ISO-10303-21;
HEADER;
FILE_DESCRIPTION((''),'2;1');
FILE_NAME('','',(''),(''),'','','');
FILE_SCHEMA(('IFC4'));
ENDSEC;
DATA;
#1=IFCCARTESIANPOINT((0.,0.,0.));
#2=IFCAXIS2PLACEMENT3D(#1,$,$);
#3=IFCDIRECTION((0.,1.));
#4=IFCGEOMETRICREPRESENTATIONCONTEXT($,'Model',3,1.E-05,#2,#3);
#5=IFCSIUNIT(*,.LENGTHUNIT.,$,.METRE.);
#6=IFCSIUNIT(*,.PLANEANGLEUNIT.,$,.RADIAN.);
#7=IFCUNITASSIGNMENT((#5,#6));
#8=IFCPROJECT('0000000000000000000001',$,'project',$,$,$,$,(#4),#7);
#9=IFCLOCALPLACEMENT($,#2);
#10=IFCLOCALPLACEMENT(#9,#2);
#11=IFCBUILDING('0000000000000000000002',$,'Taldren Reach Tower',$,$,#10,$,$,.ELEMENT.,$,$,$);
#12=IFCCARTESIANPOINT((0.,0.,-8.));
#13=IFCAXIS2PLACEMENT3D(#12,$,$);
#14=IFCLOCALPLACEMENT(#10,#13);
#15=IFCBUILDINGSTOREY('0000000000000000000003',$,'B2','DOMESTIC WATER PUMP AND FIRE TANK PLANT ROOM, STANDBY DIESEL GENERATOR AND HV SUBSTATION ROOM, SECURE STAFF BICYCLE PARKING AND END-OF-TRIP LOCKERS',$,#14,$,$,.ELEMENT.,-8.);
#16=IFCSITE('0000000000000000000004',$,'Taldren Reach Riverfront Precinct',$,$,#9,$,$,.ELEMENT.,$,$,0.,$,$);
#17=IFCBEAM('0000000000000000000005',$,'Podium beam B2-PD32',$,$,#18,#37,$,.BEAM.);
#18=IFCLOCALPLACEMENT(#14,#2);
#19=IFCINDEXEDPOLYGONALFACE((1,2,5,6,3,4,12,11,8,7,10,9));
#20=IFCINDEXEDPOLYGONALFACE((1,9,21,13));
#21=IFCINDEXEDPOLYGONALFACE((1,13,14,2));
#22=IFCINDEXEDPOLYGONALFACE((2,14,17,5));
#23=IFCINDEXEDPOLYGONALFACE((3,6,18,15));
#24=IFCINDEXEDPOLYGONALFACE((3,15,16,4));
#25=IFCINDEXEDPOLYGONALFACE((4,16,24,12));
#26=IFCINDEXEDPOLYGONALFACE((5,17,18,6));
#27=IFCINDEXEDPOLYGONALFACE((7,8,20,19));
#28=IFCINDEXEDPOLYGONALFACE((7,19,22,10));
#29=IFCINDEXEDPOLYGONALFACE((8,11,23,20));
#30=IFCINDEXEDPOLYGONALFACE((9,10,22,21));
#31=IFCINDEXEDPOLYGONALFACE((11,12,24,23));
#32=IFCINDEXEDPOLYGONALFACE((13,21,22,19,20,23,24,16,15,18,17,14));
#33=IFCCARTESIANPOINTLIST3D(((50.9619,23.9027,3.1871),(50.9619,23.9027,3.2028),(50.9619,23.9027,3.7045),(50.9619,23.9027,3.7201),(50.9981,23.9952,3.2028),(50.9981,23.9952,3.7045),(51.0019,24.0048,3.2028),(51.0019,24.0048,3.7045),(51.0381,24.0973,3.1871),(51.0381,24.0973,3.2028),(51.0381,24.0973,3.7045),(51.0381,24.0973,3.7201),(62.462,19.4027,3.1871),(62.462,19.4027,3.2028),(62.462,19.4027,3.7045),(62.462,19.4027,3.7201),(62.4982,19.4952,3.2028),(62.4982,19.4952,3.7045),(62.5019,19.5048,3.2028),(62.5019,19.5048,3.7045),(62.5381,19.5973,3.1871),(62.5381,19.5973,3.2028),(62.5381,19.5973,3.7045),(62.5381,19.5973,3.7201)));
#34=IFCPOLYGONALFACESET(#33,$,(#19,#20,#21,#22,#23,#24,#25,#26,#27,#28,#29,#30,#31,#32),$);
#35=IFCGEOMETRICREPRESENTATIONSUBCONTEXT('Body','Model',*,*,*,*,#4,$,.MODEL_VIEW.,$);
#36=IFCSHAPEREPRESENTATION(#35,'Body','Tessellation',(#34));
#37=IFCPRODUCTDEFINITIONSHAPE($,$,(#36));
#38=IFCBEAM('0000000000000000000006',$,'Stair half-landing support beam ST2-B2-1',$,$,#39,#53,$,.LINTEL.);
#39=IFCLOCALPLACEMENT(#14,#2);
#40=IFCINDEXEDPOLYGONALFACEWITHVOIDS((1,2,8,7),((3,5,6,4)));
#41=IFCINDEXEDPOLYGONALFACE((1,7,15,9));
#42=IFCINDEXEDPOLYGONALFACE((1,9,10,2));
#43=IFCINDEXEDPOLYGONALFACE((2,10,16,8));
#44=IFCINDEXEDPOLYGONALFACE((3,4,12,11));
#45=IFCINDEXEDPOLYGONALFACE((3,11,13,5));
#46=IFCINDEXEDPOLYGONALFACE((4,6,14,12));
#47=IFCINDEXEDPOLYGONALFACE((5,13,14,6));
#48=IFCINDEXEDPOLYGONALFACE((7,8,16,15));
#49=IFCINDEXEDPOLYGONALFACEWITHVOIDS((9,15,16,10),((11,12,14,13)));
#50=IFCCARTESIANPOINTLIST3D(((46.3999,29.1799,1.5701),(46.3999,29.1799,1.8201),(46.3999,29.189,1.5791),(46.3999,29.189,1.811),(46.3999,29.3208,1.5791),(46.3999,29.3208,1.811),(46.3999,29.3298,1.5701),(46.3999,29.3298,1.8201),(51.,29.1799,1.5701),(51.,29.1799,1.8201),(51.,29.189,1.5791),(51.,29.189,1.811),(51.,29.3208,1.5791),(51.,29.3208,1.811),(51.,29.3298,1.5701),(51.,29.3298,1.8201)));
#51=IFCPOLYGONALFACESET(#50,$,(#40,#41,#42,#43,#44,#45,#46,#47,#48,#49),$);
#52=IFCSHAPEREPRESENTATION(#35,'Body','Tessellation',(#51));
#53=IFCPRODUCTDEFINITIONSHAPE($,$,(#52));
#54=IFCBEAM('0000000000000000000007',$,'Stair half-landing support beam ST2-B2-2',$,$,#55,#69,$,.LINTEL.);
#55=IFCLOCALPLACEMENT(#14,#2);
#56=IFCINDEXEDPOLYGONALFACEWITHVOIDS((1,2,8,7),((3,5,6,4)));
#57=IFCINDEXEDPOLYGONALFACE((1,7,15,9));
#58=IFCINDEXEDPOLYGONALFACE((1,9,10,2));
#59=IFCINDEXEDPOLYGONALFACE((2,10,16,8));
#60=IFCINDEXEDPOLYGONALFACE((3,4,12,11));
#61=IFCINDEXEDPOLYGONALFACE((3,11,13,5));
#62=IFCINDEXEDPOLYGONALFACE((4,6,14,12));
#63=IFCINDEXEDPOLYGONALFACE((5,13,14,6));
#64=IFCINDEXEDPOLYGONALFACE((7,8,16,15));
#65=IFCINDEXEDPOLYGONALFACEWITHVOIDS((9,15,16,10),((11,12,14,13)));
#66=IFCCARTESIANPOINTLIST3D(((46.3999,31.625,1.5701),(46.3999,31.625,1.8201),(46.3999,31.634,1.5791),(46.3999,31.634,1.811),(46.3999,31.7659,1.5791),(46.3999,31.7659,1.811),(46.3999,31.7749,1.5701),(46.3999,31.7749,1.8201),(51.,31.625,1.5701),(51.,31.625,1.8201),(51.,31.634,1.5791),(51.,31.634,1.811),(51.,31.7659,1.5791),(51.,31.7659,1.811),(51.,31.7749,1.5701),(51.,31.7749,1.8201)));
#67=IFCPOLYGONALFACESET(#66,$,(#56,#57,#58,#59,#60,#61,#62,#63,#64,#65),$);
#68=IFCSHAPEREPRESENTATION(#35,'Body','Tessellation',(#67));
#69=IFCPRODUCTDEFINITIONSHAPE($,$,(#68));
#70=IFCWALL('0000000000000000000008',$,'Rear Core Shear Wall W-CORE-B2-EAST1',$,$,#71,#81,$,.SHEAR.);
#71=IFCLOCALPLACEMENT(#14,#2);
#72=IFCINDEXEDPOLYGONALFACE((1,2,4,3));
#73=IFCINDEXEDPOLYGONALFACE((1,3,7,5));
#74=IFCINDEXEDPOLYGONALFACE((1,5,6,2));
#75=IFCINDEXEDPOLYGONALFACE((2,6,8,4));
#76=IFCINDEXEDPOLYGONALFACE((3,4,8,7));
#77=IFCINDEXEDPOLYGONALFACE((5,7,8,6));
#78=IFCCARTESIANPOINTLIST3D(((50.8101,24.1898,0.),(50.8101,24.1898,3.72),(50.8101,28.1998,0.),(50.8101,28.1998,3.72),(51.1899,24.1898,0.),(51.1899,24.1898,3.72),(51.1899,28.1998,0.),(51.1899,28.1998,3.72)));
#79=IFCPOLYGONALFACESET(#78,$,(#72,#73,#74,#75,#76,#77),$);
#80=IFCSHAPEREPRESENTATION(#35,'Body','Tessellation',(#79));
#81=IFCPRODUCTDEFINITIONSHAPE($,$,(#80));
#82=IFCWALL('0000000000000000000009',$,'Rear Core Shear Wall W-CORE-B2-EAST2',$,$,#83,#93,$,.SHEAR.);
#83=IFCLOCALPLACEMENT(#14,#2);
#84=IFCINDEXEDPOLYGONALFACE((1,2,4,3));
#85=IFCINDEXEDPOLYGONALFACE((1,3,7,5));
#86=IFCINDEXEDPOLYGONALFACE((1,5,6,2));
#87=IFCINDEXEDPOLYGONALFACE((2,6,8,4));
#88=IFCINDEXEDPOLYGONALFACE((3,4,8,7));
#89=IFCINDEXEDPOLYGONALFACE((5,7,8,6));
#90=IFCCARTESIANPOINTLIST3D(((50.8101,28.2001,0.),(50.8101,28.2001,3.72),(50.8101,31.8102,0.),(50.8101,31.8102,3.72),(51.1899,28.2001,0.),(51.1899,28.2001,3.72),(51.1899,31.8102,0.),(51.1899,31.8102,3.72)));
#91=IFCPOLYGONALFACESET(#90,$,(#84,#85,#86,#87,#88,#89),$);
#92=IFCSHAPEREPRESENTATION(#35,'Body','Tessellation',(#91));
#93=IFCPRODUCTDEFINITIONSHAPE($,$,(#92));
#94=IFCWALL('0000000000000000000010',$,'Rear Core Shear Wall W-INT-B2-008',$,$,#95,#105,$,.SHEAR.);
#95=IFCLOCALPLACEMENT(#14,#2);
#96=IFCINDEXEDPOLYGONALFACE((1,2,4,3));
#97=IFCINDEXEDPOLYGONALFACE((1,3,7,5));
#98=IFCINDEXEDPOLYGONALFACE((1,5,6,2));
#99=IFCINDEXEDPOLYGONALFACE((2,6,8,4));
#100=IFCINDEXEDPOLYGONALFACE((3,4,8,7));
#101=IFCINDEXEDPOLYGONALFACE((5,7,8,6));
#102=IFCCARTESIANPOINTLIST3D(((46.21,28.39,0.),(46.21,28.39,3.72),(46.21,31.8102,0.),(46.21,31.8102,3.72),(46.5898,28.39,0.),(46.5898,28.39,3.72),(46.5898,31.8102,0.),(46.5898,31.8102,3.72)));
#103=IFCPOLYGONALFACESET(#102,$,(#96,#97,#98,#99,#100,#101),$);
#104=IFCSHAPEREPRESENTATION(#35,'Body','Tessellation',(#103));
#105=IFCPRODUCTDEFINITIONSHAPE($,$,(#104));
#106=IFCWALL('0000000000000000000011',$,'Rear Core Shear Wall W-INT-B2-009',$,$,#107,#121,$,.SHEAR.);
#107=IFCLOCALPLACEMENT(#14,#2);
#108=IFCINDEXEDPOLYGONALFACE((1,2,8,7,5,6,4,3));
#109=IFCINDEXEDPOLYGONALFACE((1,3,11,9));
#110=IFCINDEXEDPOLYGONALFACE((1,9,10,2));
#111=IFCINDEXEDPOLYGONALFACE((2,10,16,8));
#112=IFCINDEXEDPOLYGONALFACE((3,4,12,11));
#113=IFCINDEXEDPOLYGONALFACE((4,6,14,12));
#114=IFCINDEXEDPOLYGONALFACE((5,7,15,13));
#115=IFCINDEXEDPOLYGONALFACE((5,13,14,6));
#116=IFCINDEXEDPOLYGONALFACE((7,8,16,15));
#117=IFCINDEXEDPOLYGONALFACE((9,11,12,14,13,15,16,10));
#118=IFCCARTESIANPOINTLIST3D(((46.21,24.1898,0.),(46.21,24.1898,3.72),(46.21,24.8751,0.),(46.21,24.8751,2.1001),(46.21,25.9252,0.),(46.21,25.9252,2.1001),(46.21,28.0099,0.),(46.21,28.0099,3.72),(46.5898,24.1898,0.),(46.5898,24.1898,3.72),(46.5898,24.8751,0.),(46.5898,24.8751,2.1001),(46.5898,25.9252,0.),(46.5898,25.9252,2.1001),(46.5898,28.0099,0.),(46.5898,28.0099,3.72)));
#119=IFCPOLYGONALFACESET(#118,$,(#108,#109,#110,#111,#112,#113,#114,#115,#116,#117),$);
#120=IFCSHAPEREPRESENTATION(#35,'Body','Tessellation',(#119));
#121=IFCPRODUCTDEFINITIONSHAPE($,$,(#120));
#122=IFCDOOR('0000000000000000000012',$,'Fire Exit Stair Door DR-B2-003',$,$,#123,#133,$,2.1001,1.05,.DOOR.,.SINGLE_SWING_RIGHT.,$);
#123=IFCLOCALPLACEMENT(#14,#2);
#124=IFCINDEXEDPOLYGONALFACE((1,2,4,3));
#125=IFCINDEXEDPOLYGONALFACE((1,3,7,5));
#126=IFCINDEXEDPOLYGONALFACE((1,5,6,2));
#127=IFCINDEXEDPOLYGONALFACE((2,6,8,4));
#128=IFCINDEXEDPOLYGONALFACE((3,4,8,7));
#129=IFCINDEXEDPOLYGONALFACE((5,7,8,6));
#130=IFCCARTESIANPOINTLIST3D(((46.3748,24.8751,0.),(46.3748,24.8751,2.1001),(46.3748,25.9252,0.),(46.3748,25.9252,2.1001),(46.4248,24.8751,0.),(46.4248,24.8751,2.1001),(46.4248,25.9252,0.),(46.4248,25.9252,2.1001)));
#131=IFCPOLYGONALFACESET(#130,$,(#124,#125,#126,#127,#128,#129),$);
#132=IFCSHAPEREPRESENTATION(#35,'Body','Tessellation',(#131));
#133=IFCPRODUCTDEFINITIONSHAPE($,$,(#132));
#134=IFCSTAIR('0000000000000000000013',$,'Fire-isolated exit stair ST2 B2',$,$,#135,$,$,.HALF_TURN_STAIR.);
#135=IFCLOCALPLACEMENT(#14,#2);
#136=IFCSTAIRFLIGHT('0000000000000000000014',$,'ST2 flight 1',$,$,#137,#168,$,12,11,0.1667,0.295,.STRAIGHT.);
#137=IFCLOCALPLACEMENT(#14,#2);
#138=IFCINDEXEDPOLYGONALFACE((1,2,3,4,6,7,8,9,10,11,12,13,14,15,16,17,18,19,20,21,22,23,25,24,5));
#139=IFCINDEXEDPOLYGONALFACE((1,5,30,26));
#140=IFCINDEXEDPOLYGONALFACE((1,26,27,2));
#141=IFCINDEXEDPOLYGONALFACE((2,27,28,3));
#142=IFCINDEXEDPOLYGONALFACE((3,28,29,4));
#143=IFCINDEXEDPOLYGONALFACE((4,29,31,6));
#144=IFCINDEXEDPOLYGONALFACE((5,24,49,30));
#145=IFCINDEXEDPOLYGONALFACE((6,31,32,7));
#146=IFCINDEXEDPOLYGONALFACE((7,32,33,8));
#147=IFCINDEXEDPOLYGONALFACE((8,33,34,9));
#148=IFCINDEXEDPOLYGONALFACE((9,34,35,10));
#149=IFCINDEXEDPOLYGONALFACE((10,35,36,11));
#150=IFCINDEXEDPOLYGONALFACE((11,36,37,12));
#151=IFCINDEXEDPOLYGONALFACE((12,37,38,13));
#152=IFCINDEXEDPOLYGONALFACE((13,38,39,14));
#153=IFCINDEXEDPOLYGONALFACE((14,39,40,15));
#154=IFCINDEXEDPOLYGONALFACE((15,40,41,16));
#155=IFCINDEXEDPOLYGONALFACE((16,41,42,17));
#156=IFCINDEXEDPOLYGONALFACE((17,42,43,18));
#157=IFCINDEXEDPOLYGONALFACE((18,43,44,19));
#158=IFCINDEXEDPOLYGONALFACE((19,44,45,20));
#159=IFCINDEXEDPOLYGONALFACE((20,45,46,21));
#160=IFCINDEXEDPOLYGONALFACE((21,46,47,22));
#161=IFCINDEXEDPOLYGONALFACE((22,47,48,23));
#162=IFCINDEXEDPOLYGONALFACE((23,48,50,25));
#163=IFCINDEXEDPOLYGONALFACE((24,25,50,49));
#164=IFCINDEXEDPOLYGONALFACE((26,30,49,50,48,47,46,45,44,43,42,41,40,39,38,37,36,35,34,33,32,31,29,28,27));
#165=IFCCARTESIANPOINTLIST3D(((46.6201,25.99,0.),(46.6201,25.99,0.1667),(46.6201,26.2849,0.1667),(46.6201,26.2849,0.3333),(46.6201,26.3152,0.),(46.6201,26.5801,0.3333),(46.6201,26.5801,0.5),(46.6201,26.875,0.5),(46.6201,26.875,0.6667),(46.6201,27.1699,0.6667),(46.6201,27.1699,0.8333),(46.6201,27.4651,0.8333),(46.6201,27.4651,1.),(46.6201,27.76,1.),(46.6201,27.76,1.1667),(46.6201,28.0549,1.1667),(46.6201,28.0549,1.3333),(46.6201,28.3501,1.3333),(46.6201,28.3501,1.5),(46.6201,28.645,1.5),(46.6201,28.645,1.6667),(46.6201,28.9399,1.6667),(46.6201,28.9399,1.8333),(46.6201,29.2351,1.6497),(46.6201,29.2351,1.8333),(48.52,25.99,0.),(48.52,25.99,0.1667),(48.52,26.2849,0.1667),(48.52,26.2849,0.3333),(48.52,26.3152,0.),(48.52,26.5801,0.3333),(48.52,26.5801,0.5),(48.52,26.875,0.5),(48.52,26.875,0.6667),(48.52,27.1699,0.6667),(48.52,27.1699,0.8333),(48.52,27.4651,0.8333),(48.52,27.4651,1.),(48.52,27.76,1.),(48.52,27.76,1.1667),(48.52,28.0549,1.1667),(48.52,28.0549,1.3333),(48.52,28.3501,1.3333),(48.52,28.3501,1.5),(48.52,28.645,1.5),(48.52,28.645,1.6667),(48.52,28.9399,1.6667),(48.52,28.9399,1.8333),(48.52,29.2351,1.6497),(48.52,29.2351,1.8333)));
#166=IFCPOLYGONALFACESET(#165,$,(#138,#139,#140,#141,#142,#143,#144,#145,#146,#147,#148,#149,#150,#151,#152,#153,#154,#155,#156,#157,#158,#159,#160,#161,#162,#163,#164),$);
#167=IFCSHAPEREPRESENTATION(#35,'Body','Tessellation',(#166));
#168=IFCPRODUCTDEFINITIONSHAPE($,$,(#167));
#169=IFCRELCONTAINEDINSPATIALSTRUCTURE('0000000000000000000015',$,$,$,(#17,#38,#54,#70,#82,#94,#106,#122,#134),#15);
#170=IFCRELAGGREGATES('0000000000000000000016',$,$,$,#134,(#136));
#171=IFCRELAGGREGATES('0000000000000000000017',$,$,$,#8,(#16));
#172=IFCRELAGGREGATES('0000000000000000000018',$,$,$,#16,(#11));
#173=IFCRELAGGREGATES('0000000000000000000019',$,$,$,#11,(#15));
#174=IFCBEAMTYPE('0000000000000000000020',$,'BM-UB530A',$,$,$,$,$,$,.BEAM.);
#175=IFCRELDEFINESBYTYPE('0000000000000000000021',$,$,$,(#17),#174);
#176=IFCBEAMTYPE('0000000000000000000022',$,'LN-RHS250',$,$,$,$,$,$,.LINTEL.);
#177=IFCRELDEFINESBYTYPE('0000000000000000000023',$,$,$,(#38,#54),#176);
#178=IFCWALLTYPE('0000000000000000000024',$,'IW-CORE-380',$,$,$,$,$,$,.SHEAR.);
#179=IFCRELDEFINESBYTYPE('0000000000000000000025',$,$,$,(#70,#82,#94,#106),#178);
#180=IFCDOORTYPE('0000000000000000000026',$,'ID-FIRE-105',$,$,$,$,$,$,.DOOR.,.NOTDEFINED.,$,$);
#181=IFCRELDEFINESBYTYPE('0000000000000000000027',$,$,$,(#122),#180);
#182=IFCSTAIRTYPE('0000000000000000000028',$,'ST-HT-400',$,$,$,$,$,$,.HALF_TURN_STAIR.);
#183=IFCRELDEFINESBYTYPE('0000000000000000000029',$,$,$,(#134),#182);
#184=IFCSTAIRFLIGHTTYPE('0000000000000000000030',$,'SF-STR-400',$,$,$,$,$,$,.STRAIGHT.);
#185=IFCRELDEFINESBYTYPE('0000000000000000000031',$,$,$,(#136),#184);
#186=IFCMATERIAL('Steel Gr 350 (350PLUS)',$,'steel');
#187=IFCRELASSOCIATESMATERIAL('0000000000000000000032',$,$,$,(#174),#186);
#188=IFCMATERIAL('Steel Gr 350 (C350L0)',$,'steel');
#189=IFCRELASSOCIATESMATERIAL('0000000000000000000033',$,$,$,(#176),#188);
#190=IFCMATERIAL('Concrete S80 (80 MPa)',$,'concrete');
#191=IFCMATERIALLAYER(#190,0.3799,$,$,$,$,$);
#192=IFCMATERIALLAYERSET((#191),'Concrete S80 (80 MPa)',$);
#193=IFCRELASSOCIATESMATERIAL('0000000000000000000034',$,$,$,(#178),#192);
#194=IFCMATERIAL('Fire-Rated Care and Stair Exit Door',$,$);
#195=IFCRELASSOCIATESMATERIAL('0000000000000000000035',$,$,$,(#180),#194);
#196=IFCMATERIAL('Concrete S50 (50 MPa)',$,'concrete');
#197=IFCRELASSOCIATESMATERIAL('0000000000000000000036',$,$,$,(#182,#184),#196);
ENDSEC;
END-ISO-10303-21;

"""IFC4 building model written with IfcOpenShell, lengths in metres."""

from ifc_helpers import new_model, si_unit, direction, frame, frame_2d, origin, origin_2d, place, context, subcontext, project, spatial, polyline, rectangle, hollow_rectangle, i_section, outline, extrude, source, transform, mapped, material, layer, layer_set, material_profile, profile_set, type_object, element, fill, aggregate, save


model = new_model("IFC4")

# Units and contexts
model_context = context("Model", 3, precision=1e-05, world=origin(), true_north=direction((0.0, 1.0)))
body_context = subcontext(model_context, "Body", "Model", "MODEL_VIEW")
ifc_project = project(units=[si_unit("LENGTHUNIT", "METRE"), si_unit("PLANEANGLEUNIT", "RADIAN")], contexts=[model_context])

# Site, building, storey
site_placement = place(None, origin())
site = spatial("IfcSite", under=ifc_project, at=site_placement, Name="Taldren Reach Riverfront Precinct", CompositionType="ELEMENT", RefElevation=0.0)
building_placement = place(site_placement, origin())
building = spatial("IfcBuilding", under=site, at=building_placement, Name="Taldren Reach Tower", CompositionType="ELEMENT")
storey_placement = place(building_placement, frame((0.0, 0.0, -8.0)))
storey = spatial("IfcBuildingStorey", under=building, at=storey_placement, Name="B2", Description="DOMESTIC WATER PUMP AND FIRE TANK PLANT ROOM, STANDBY DIESEL GENERATOR AND HV SUBSTATION ROOM, SECURE STAFF BICYCLE PARKING AND END-OF-TRIP LOCKERS", CompositionType="ELEMENT", Elevation=-8.0)

# Beams
ifc_material_1 = material(Name="Steel Gr 350 (350PLUS)", Category="steel")
ifc_material_profile_1 = material_profile(ifc_material_1, i_section(OverallWidth=0.209, OverallDepth=0.533, WebThickness=0.0103, FlangeThickness=0.0156, at=origin_2d()), Name="530UB92.4")
ifc_profile_set_1 = profile_set([ifc_material_profile_1], Name="Steel Gr 350 (350PLUS)")
beam_type_1 = type_object("IfcBeamType", Name="BM-UB530A", PredefinedType="BEAM", material=ifc_profile_set_1)
shared_shape_1 = source(origin(), body_context, "Body", "SweptSolid", [
    extrude(i_section(OverallWidth=0.209, OverallDepth=0.533, WebThickness=0.0103, FlangeThickness=0.0156, at=origin_2d()), origin(), (0.0, 0.0, 1.0), 12.3491),
])
beam_placement = place(storey_placement, frame((51.0, 24.0, 3.4536), z_axis=(0.931243, -0.364399, 0.0), x_axis=(0.364399, 0.931243, 0.0)))
element("IfcBeam", 1, at=beam_placement, inside=storey, type_object=beam_type_1, Name="Podium beam B2-PD32", PredefinedType="BEAM", context=body_context, shape_type="MappedRepresentation", body=[
    mapped(shared_shape_1, transform((0.0, 0.0, 0.0), scale=1.0)),
])
ifc_material_2 = material(Name="Steel Gr 350 (C350L0)", Category="steel")
ifc_material_profile_2 = material_profile(ifc_material_2, hollow_rectangle(XDim=0.1499, YDim=0.25, WallThickness=0.009, at=origin_2d()), Name="250x150x9.0RHS")
ifc_profile_set_2 = profile_set([ifc_material_profile_2], Name="Steel Gr 350 (C350L0)")
beam_type_2 = type_object("IfcBeamType", Name="LN-RHS250", PredefinedType="LINTEL", material=ifc_profile_set_2)
shared_shape_2 = source(origin(), body_context, "Body", "SweptSolid", [
    extrude(hollow_rectangle(XDim=0.1499, YDim=0.25, WallThickness=0.009, at=origin_2d()), origin(), (0.0, 0.0, 1.0), 4.6001),
])
for number, where, z_axis, x_axis, name in (
    (2, (46.3999, 29.2549, 1.6951), (1.0, 0.0, 0.0), (0.0, 1.0, 0.0), "Stair half-landing support beam ST2-B2-1"),
    (3, (46.3999, 31.7, 1.6951), (1.0, 0.0, 0.0), (0.0, 1.0, 0.0), "Stair half-landing support beam ST2-B2-2"),
):
    element("IfcBeam", number, at=place(storey_placement, frame(where, z_axis=z_axis, x_axis=x_axis)), inside=storey, type_object=beam_type_2, Name=name, PredefinedType="LINTEL", context=body_context, shape_type="MappedRepresentation", body=[
        mapped(shared_shape_2, transform((0.0, 0.0, 0.0), scale=1.0)),
    ])

# Walls
ifc_material_3 = material(Name="Concrete S80 (80 MPa)", Category="concrete")
ifc_layer_1 = layer(ifc_material_3, 0.3799)
ifc_layer_set_1 = layer_set([ifc_layer_1], Name="Concrete S80 (80 MPa)")
wall_type = type_object("IfcWallType", Name="IW-CORE-380", PredefinedType="SHEAR", material=ifc_layer_set_1)
shared_shape_3 = source(origin(), body_context, "Body", "SweptSolid", [
    extrude(rectangle(XDim=4.01, YDim=0.3799, at=frame_2d((2.0049, 0.0))), origin(), (0.0, 0.0, 1.0), 3.72),
])
wall_1_placement = place(storey_placement, frame((51.0, 24.1899, 0.0), z_axis=(0.0, 0.0, 1.0), x_axis=(0.0, 1.0, 0.0)))
element("IfcWall", 4, at=wall_1_placement, inside=storey, type_object=wall_type, Name="Rear Core Shear Wall W-CORE-B2-EAST1", PredefinedType="SHEAR", context=body_context, shape_type="MappedRepresentation", body=[
    mapped(shared_shape_3, transform((0.0, 0.0, 0.0), scale=1.0)),
])
shared_shape_4 = source(origin(), body_context, "Body", "SweptSolid", [
    extrude(rectangle(XDim=3.6101, YDim=0.3799, at=frame_2d((1.8052, 0.0))), origin(), (0.0, 0.0, 1.0), 3.72),
])
wall_2_placement = place(storey_placement, frame((51.0, 28.2, 0.0), z_axis=(0.0, 0.0, 1.0), x_axis=(0.0, 1.0, 0.0)))
element("IfcWall", 5, at=wall_2_placement, inside=storey, type_object=wall_type, Name="Rear Core Shear Wall W-CORE-B2-EAST2", PredefinedType="SHEAR", context=body_context, shape_type="MappedRepresentation", body=[
    mapped(shared_shape_4, transform((0.0, 0.0, 0.0), scale=1.0)),
])
shared_shape_5 = source(origin(), body_context, "Body", "SweptSolid", [
    extrude(rectangle(XDim=3.4202, YDim=0.3799, at=frame_2d((1.71, 0.0))), origin(), (0.0, 0.0, 1.0), 3.72),
])
wall_3_placement = place(storey_placement, frame((46.3999, 31.8101, 0.0), z_axis=(0.0, 0.0, 1.0), x_axis=(0.0, -1.0, 0.0)))
element("IfcWall", 6, at=wall_3_placement, inside=storey, type_object=wall_type, Name="Rear Core Shear Wall W-INT-B2-008", PredefinedType="SHEAR", context=body_context, shape_type="MappedRepresentation", body=[
    mapped(shared_shape_5, transform((0.0, 0.0, 0.0), scale=1.0)),
])

# Wall, opening, door
shared_shape_6 = source(origin(), body_context, "Body", "SweptSolid", [
    extrude(rectangle(XDim=3.8201, YDim=0.3799, at=frame_2d((1.9102, 0.0))), origin(), (0.0, 0.0, 1.0), 3.72),
])
wall_4_placement = place(storey_placement, frame((46.3999, 28.01, 0.0), z_axis=(0.0, 0.0, 1.0), x_axis=(0.0, -1.0, 0.0)))
wall_4 = element("IfcWall", 7, at=wall_4_placement, inside=storey, type_object=wall_type, Name="Rear Core Shear Wall W-INT-B2-009", PredefinedType="SHEAR", context=body_context, shape_type="MappedRepresentation", body=[
    mapped(shared_shape_6, transform((0.0, 0.0, 0.0), scale=1.0)),
])
shared_shape_7 = source(origin(), body_context, "Body", "SweptSolid", [
    extrude(rectangle(XDim=1.05, YDim=2.1001, at=frame_2d((0.5249, 1.05))), frame((0.0, 0.2, 0.0), z_axis=(0.0, -1.0, 0.0), x_axis=(1.0, 0.0, 0.0)), (0.0, 0.0, 1.0), 0.3999),
])
opening_placement = place(wall_4_placement, frame((2.085, 0.0, 0.0)))
opening = element("IfcOpeningElement", 8, at=opening_placement, cuts=wall_4, PredefinedType="OPENING", context=body_context, shape_type="MappedRepresentation", body=[
    mapped(shared_shape_7, transform((0.0, 0.0, 0.0), scale=1.0)),
])
ifc_material_4 = material(Name="Fire-Rated Care and Stair Exit Door")
door_type = type_object("IfcDoorType", Name="ID-FIRE-105", OperationType="NOTDEFINED", PredefinedType="DOOR", material=ifc_material_4)
shared_shape_8 = source(origin(), body_context, "Body", "SweptSolid", [
    extrude(rectangle(XDim=1.05, YDim=2.1001, at=frame_2d((0.5249, 1.05))), frame((0.0, 0.0249, 0.0), z_axis=(0.0, -1.0, 0.0), x_axis=(1.0, 0.0, 0.0)), (0.0, 0.0, 1.0), 0.05),
])
door_placement = place(opening_placement, origin())
door = element("IfcDoor", 9, at=door_placement, inside=storey, type_object=door_type, Name="Fire Exit Stair Door DR-B2-003", OperationType="SINGLE_SWING_RIGHT", OverallHeight=2.1001, OverallWidth=1.05, PredefinedType="DOOR", context=body_context, shape_type="MappedRepresentation", body=[
    mapped(shared_shape_8, transform((0.0, 0.0, 0.0), scale=1.0)),
])
fill(opening, door)

# Stair, stair flight
ifc_material_5 = material(Name="Concrete S50 (50 MPa)", Category="concrete")
stair_type = type_object("IfcStairType", Name="ST-HT-400", PredefinedType="HALF_TURN_STAIR", material=ifc_material_5)
stair_placement = place(storey_placement, origin())
stair = element("IfcStair", 10, at=stair_placement, inside=storey, type_object=stair_type, Name="Fire-isolated exit stair ST2 B2", PredefinedType="HALF_TURN_STAIR")
stair_flight_type = type_object("IfcStairFlightType", Name="SF-STR-400", PredefinedType="STRAIGHT", material=ifc_material_5)
stair_flight_1_placement = place(storey_placement, frame((47.5701, 25.99, 0.0), z_axis=(0.0, 0.0, 1.0), x_axis=(0.0, 1.0, 0.0)))
stair_flight_1 = element("IfcStairFlight", 11, at=stair_flight_1_placement, type_object=stair_flight_type, Name="ST2 flight 1", NumberOfRisers=12, NumberOfTreads=11, PredefinedType="STRAIGHT", RiserHeight=0.1667, TreadLength=0.295, context=body_context, shape_type="SweptSolid", body=[
    extrude(outline(polyline([(0.0, 0.0), (0.0, 0.1667), (0.2949, 0.1667), (0.2949, 0.3333), (0.5901, 0.3333), (0.5901, 0.5), (0.885, 0.5), (0.885, 0.6667), (1.1799, 0.6667), (1.1799, 0.8333), (1.4751, 0.8333), (1.4751, 1.0), (1.77, 1.0), (1.77, 1.1667), (2.0649, 1.1667), (2.0649, 1.3333), (2.3601, 1.3333), (2.3601, 1.5), (2.655, 1.5), (2.655, 1.6667), (2.95, 1.6667), (2.95, 1.8333), (3.2451, 1.8333), (3.2451, 2.0), (3.2451, 1.6497), (0.3252, 0.0), (0.0, 0.0)])), frame((0.0, 0.95, 0.0), z_axis=(0.0, -1.0, 0.0), x_axis=(1.0, 0.0, 0.0)), (0.0, 0.0, 1.0), 1.8999),
])
aggregate(stair, [stair_flight_1])

save(model, "model.ifc")
